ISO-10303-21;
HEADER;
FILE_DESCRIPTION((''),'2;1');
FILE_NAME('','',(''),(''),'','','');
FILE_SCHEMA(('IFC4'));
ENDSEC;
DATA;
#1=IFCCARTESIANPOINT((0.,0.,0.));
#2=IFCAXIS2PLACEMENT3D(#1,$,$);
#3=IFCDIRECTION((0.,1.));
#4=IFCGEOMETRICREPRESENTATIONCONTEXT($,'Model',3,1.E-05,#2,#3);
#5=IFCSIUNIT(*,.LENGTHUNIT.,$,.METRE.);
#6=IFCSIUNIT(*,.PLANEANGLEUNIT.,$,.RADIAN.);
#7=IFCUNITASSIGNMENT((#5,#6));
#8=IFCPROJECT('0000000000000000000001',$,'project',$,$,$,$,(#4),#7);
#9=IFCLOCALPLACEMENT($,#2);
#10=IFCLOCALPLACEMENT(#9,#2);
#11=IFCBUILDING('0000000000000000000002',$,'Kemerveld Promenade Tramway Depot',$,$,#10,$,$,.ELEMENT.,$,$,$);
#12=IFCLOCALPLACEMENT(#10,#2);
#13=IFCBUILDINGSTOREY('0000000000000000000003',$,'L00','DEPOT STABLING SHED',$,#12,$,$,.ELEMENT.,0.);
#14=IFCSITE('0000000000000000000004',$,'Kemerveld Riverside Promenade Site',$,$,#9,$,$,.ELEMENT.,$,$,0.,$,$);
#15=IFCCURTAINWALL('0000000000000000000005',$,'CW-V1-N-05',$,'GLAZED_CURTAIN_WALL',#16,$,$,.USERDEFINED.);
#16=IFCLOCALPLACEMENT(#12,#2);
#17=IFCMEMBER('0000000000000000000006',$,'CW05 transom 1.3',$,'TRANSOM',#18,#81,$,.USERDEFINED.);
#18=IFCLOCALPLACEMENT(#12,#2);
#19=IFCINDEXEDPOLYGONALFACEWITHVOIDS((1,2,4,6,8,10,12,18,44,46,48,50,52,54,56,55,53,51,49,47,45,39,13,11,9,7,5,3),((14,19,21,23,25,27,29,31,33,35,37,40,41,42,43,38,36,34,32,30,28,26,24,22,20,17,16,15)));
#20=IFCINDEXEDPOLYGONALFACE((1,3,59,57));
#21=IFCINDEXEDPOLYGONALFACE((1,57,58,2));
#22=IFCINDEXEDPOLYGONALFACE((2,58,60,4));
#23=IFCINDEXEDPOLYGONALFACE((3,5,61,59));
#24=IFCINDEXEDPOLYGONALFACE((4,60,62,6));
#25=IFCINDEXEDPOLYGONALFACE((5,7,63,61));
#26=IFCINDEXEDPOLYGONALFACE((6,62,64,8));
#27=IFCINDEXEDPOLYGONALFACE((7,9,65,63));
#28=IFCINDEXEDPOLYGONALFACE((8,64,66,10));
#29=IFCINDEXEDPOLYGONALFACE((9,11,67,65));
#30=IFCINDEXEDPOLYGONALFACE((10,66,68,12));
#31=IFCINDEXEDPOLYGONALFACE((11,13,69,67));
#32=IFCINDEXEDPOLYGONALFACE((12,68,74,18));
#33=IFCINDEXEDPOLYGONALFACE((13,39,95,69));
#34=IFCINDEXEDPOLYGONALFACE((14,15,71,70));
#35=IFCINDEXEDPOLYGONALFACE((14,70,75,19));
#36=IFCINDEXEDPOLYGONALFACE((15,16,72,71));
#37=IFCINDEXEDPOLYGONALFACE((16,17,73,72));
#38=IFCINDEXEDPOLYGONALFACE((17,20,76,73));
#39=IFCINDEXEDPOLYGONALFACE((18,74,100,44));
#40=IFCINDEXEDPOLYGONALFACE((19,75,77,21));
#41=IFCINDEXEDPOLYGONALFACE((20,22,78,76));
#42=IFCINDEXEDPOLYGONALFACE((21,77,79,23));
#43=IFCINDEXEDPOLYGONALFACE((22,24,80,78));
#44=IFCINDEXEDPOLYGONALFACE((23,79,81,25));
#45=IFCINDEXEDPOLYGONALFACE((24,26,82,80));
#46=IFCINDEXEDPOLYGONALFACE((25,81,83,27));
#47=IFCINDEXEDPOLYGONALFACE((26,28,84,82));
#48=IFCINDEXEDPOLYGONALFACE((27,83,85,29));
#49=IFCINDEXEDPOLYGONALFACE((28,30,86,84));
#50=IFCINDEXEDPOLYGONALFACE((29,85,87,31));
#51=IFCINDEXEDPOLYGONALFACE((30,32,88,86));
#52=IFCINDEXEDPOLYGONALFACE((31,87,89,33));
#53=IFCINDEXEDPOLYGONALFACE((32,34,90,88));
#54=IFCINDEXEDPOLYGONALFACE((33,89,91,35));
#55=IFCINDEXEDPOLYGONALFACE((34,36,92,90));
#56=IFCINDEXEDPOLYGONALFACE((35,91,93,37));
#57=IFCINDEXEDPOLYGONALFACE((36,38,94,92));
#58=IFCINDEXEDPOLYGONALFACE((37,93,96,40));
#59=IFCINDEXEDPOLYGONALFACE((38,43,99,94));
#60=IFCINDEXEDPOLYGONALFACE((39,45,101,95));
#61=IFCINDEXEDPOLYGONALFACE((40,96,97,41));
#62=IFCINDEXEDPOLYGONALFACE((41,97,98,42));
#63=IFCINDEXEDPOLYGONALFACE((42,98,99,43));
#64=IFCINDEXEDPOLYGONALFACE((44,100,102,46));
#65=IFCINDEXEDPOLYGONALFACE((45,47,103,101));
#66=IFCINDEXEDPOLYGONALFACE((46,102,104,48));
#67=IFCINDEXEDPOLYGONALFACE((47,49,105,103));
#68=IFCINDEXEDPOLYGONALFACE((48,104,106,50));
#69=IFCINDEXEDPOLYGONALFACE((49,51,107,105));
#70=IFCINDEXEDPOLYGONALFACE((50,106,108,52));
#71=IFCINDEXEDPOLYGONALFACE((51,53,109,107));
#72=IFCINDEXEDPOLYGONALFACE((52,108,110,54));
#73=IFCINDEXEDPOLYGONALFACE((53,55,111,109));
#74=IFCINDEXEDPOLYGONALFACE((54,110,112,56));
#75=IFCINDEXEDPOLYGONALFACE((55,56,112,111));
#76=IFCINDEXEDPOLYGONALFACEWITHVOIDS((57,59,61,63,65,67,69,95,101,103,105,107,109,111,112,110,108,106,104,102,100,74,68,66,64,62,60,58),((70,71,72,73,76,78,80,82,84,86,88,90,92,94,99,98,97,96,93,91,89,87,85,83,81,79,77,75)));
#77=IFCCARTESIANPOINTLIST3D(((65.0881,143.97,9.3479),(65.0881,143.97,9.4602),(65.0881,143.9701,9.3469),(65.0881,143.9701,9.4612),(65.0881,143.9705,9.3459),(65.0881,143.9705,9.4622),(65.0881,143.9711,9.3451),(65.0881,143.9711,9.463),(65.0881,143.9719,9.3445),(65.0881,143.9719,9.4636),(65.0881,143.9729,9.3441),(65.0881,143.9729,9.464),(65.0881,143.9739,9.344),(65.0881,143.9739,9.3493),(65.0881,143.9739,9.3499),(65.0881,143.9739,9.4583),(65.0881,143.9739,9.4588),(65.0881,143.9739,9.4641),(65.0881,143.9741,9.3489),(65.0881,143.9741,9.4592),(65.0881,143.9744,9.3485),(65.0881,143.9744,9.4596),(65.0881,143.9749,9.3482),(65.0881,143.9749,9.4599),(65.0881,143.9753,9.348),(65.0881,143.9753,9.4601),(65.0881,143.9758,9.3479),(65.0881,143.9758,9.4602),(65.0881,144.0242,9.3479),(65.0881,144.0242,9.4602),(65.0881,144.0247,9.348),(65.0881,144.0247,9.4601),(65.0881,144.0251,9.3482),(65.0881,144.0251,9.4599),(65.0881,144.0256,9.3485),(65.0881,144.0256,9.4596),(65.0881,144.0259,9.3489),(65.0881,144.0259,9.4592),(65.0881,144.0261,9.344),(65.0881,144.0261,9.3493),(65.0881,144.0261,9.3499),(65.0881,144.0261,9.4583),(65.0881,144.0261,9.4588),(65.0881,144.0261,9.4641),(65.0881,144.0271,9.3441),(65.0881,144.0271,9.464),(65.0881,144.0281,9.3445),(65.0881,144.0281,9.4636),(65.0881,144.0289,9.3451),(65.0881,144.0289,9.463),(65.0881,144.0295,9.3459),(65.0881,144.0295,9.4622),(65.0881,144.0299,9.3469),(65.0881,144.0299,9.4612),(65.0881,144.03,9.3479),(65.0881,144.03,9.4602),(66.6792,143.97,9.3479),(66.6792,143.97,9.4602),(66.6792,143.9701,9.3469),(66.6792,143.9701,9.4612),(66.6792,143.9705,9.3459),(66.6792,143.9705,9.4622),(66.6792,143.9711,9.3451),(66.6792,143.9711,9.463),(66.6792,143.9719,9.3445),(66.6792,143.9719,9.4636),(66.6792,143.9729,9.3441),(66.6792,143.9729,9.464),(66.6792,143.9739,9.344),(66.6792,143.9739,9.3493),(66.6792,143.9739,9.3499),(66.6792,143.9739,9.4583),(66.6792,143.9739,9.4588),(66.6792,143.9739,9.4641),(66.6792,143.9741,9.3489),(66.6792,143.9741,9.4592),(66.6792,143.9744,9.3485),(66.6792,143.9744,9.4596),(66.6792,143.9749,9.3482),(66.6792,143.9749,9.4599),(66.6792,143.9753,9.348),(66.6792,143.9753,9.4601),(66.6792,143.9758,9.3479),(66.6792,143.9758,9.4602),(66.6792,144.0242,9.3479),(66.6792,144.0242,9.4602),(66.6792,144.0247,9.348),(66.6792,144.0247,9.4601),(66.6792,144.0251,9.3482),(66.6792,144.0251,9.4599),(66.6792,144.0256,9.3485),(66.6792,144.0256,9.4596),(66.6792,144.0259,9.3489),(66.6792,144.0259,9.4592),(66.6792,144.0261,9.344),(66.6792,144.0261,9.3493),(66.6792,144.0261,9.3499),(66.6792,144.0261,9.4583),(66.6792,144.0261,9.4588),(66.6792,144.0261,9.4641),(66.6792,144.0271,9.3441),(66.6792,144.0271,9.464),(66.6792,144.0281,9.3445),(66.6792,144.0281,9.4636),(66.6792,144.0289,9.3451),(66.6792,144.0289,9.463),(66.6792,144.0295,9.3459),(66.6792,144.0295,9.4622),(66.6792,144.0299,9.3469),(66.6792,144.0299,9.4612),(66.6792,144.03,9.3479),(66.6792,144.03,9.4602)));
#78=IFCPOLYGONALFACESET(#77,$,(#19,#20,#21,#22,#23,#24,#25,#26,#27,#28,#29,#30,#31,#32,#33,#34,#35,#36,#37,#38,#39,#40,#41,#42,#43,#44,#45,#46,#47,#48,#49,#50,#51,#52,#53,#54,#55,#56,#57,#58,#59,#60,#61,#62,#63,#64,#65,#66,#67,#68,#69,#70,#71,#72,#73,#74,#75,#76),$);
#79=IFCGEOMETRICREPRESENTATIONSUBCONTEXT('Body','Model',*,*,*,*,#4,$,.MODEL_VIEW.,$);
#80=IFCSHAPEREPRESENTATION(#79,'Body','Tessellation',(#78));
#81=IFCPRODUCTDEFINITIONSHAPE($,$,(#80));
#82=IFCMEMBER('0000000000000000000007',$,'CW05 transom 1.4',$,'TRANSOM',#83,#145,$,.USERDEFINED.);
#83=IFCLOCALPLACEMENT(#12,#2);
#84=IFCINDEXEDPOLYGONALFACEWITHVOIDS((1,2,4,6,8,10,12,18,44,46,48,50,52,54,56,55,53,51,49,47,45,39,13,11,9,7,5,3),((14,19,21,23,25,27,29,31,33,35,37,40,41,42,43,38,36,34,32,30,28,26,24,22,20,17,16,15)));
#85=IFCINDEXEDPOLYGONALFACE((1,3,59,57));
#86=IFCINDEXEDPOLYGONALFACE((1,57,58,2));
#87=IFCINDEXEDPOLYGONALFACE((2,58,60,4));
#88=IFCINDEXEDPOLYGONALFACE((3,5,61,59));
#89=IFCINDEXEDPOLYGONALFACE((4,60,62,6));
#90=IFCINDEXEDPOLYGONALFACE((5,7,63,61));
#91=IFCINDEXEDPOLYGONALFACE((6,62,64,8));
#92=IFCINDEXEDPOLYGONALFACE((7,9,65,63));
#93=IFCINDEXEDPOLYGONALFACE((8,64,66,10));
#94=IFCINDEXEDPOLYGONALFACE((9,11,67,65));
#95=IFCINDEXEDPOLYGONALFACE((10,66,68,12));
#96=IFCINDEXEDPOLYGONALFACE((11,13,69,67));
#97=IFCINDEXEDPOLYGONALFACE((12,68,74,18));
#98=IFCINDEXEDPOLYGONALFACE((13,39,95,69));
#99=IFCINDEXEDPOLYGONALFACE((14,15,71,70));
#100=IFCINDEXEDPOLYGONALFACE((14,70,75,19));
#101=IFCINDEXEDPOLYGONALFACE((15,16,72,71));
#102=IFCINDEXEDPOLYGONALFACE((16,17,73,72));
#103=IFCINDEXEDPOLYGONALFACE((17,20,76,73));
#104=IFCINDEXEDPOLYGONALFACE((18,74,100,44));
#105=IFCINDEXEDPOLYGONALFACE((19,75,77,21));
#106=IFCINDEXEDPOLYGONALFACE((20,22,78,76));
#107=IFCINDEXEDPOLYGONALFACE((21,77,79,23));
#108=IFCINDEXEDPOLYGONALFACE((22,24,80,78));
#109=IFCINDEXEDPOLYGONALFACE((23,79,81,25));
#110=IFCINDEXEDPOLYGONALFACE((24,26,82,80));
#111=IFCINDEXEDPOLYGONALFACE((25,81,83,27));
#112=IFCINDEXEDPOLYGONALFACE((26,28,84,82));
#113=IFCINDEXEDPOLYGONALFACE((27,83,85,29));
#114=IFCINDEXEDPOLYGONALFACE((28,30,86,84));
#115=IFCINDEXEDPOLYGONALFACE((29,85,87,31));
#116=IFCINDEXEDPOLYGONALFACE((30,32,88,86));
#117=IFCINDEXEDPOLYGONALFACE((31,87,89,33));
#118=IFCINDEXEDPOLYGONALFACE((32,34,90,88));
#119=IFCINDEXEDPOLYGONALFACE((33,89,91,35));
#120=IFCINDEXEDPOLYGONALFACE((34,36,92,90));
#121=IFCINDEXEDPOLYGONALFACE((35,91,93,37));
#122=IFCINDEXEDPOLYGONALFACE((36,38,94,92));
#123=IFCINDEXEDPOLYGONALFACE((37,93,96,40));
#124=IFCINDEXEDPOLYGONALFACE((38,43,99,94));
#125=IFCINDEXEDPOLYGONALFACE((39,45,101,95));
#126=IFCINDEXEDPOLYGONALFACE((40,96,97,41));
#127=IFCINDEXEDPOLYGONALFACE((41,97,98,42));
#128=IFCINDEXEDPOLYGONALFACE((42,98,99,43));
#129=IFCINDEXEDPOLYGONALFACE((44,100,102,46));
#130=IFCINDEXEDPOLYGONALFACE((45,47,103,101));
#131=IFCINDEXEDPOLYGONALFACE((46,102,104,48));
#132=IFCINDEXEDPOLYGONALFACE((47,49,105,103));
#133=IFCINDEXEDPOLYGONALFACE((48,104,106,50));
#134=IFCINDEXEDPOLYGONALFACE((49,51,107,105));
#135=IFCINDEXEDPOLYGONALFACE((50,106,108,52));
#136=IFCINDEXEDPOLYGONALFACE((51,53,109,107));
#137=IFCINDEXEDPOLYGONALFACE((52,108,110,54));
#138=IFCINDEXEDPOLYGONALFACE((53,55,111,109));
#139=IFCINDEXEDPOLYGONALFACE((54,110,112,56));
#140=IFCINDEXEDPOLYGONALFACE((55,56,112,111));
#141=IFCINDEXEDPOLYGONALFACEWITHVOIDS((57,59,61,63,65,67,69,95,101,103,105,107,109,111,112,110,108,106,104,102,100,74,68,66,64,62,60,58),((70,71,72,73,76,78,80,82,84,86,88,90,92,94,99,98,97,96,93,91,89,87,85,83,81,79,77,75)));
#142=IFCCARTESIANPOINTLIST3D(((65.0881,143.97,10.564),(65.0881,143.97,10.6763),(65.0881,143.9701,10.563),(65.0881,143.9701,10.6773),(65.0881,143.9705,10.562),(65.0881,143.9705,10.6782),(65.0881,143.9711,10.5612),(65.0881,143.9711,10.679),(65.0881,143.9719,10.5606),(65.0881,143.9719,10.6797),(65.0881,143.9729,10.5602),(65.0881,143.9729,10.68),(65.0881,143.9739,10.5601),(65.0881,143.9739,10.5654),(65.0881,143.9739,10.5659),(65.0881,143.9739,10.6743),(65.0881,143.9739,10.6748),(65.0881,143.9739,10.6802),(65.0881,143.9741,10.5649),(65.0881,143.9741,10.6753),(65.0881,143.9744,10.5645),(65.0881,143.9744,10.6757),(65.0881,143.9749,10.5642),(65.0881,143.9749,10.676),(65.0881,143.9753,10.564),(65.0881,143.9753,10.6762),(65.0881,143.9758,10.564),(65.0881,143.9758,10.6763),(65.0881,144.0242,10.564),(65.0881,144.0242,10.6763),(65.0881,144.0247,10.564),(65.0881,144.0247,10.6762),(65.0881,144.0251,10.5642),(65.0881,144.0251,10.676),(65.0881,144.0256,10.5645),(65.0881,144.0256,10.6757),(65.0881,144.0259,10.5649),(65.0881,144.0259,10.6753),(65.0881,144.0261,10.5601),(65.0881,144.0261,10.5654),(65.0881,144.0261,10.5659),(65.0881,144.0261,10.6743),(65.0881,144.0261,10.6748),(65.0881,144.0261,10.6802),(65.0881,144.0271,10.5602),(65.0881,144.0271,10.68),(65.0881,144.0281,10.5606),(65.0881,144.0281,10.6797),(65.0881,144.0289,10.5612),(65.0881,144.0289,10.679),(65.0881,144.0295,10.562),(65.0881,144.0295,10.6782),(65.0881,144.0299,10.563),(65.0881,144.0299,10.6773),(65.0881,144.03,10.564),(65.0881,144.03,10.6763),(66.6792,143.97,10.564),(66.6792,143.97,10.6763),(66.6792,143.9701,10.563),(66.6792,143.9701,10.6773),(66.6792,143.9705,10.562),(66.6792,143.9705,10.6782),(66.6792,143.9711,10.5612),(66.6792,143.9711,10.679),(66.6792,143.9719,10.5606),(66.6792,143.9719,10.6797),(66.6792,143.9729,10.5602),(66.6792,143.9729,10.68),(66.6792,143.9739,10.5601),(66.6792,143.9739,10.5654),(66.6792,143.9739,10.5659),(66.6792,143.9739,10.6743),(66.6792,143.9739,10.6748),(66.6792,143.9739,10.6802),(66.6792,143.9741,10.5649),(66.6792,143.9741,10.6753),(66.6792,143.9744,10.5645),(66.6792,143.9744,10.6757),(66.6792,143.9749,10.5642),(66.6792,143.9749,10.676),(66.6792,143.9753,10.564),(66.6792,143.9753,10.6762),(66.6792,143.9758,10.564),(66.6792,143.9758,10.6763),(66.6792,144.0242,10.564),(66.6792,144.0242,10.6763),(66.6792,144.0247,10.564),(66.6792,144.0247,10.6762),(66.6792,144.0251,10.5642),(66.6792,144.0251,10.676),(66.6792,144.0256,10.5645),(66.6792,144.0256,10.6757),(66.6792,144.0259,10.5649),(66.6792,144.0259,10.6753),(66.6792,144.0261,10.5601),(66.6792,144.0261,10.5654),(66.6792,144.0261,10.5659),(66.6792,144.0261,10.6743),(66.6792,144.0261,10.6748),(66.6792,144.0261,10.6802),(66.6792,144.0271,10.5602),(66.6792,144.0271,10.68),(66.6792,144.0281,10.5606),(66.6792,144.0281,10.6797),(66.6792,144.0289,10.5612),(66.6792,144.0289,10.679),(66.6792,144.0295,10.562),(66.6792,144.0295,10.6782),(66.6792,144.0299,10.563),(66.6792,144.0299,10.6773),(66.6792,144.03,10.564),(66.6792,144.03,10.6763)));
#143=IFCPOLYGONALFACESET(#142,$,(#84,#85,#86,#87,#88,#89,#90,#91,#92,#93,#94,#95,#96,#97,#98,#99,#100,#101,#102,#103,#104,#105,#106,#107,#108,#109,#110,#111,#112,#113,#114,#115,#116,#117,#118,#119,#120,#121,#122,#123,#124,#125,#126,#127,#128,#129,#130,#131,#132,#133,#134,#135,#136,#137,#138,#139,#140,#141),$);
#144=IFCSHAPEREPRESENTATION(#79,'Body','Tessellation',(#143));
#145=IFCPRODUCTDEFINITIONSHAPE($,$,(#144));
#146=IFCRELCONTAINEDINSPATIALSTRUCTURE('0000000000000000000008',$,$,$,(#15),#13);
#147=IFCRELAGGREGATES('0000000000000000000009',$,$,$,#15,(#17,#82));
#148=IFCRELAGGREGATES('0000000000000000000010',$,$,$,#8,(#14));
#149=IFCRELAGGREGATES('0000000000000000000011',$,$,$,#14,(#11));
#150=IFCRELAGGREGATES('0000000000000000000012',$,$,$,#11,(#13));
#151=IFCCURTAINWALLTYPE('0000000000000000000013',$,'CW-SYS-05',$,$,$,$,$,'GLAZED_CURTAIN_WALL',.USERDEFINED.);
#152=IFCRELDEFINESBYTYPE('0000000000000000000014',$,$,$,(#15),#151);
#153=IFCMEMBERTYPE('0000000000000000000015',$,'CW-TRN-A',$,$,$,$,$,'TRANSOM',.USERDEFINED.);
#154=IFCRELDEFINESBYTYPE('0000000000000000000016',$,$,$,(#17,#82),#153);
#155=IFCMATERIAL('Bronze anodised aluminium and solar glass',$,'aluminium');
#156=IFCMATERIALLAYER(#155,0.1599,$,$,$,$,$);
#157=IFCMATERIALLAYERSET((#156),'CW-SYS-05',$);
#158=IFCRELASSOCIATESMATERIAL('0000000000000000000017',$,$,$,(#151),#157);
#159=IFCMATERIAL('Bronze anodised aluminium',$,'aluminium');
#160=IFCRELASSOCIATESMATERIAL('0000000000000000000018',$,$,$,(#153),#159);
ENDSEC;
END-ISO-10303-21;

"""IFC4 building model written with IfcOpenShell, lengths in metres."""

from ifc_helpers import new_model, si_unit, direction, frame, origin, origin_2d, place, context, subcontext, project, spatial, hollow_rectangle, extrude, material, layer, layer_set, material_profile, profile_set, type_object, element, aggregate, save


model = new_model("IFC4")

# Units and contexts
model_context = context("Model", 3, precision=1e-05, world=origin(), true_north=direction((0.0, 1.0)))
body_context = subcontext(model_context, "Body", "Model", "MODEL_VIEW")
ifc_project = project(units=[si_unit("LENGTHUNIT", "METRE"), si_unit("PLANEANGLEUNIT", "RADIAN")], contexts=[model_context])

# Site, building, storey
site_placement = place(None, origin())
site = spatial("IfcSite", under=ifc_project, at=site_placement, Name="Kemerveld Riverside Promenade Site", CompositionType="ELEMENT", RefElevation=0.0)
building_placement = place(site_placement, origin())
building = spatial("IfcBuilding", under=site, at=building_placement, Name="Kemerveld Promenade Tramway Depot", CompositionType="ELEMENT")
storey_placement = place(building_placement, origin())
storey = spatial("IfcBuildingStorey", under=building, at=storey_placement, Name="L00", Description="DEPOT STABLING SHED", CompositionType="ELEMENT", Elevation=0.0)

# Curtain wall, members
ifc_material_1 = material(Name="Bronze anodised aluminium and solar glass", Category="aluminium")
ifc_layer_1 = layer(ifc_material_1, 0.1599)
ifc_layer_set_1 = layer_set([ifc_layer_1], Name="CW-SYS-05")
curtain_wall_type_1 = type_object("IfcCurtainWallType", Name="CW-SYS-05", ElementType="GLAZED_CURTAIN_WALL", PredefinedType="USERDEFINED", material=ifc_layer_set_1)
curtain_wall_1_placement = place(storey_placement, origin())
curtain_wall_1 = element("IfcCurtainWall", 1, at=curtain_wall_1_placement, inside=storey, type_object=curtain_wall_type_1, Name="CW-V1-N-05", ObjectType="GLAZED_CURTAIN_WALL", PredefinedType="USERDEFINED")
ifc_material_2 = material(Name="Bronze anodised aluminium", Category="aluminium")
ifc_material_profile_1 = material_profile(ifc_material_2, hollow_rectangle(XDim=0.0601, YDim=0.1201, WallThickness=0.0039, InnerFilletRadius=0.002, OuterFilletRadius=0.0039, at=origin_2d()), Name="CW-TRN-120x60")
ifc_profile_set_1 = profile_set([ifc_material_profile_1], Name="Bronze anodised aluminium")
member_type_1 = type_object("IfcMemberType", Name="CW-TRN-A", ElementType="TRANSOM", PredefinedType="USERDEFINED", material=ifc_profile_set_1)
member_1_placement = place(storey_placement, frame((65.0881, 144.0, 9.4041), z_axis=(1.0, 0.0, 0.0), x_axis=(0.0, 1.0, 0.0)))
member_1 = element("IfcMember", 2, at=member_1_placement, type_object=member_type_1, Name="CW05 transom 1.3", ObjectType="TRANSOM", PredefinedType="USERDEFINED", context=body_context, shape_type="SweptSolid", body=[
    extrude(hollow_rectangle(XDim=0.0601, YDim=0.1201, WallThickness=0.0039, InnerFilletRadius=0.002, OuterFilletRadius=0.0039, at=origin_2d()), origin(), (0.0, 0.0, 1.0), 1.5911),
])
member_2_placement = place(storey_placement, frame((65.0881, 144.0, 10.6201), z_axis=(1.0, 0.0, 0.0), x_axis=(0.0, 1.0, 0.0)))
member_2 = element("IfcMember", 3, at=member_2_placement, type_object=member_type_1, Name="CW05 transom 1.4", ObjectType="TRANSOM", PredefinedType="USERDEFINED", context=body_context, shape_type="SweptSolid", body=[
    extrude(hollow_rectangle(XDim=0.0601, YDim=0.1201, WallThickness=0.0039, InnerFilletRadius=0.002, OuterFilletRadius=0.0039, at=origin_2d()), origin(), (0.0, 0.0, 1.0), 1.5911),
])

aggregate(curtain_wall_1, [member_1, member_2])

save(model, "model.ifc")
